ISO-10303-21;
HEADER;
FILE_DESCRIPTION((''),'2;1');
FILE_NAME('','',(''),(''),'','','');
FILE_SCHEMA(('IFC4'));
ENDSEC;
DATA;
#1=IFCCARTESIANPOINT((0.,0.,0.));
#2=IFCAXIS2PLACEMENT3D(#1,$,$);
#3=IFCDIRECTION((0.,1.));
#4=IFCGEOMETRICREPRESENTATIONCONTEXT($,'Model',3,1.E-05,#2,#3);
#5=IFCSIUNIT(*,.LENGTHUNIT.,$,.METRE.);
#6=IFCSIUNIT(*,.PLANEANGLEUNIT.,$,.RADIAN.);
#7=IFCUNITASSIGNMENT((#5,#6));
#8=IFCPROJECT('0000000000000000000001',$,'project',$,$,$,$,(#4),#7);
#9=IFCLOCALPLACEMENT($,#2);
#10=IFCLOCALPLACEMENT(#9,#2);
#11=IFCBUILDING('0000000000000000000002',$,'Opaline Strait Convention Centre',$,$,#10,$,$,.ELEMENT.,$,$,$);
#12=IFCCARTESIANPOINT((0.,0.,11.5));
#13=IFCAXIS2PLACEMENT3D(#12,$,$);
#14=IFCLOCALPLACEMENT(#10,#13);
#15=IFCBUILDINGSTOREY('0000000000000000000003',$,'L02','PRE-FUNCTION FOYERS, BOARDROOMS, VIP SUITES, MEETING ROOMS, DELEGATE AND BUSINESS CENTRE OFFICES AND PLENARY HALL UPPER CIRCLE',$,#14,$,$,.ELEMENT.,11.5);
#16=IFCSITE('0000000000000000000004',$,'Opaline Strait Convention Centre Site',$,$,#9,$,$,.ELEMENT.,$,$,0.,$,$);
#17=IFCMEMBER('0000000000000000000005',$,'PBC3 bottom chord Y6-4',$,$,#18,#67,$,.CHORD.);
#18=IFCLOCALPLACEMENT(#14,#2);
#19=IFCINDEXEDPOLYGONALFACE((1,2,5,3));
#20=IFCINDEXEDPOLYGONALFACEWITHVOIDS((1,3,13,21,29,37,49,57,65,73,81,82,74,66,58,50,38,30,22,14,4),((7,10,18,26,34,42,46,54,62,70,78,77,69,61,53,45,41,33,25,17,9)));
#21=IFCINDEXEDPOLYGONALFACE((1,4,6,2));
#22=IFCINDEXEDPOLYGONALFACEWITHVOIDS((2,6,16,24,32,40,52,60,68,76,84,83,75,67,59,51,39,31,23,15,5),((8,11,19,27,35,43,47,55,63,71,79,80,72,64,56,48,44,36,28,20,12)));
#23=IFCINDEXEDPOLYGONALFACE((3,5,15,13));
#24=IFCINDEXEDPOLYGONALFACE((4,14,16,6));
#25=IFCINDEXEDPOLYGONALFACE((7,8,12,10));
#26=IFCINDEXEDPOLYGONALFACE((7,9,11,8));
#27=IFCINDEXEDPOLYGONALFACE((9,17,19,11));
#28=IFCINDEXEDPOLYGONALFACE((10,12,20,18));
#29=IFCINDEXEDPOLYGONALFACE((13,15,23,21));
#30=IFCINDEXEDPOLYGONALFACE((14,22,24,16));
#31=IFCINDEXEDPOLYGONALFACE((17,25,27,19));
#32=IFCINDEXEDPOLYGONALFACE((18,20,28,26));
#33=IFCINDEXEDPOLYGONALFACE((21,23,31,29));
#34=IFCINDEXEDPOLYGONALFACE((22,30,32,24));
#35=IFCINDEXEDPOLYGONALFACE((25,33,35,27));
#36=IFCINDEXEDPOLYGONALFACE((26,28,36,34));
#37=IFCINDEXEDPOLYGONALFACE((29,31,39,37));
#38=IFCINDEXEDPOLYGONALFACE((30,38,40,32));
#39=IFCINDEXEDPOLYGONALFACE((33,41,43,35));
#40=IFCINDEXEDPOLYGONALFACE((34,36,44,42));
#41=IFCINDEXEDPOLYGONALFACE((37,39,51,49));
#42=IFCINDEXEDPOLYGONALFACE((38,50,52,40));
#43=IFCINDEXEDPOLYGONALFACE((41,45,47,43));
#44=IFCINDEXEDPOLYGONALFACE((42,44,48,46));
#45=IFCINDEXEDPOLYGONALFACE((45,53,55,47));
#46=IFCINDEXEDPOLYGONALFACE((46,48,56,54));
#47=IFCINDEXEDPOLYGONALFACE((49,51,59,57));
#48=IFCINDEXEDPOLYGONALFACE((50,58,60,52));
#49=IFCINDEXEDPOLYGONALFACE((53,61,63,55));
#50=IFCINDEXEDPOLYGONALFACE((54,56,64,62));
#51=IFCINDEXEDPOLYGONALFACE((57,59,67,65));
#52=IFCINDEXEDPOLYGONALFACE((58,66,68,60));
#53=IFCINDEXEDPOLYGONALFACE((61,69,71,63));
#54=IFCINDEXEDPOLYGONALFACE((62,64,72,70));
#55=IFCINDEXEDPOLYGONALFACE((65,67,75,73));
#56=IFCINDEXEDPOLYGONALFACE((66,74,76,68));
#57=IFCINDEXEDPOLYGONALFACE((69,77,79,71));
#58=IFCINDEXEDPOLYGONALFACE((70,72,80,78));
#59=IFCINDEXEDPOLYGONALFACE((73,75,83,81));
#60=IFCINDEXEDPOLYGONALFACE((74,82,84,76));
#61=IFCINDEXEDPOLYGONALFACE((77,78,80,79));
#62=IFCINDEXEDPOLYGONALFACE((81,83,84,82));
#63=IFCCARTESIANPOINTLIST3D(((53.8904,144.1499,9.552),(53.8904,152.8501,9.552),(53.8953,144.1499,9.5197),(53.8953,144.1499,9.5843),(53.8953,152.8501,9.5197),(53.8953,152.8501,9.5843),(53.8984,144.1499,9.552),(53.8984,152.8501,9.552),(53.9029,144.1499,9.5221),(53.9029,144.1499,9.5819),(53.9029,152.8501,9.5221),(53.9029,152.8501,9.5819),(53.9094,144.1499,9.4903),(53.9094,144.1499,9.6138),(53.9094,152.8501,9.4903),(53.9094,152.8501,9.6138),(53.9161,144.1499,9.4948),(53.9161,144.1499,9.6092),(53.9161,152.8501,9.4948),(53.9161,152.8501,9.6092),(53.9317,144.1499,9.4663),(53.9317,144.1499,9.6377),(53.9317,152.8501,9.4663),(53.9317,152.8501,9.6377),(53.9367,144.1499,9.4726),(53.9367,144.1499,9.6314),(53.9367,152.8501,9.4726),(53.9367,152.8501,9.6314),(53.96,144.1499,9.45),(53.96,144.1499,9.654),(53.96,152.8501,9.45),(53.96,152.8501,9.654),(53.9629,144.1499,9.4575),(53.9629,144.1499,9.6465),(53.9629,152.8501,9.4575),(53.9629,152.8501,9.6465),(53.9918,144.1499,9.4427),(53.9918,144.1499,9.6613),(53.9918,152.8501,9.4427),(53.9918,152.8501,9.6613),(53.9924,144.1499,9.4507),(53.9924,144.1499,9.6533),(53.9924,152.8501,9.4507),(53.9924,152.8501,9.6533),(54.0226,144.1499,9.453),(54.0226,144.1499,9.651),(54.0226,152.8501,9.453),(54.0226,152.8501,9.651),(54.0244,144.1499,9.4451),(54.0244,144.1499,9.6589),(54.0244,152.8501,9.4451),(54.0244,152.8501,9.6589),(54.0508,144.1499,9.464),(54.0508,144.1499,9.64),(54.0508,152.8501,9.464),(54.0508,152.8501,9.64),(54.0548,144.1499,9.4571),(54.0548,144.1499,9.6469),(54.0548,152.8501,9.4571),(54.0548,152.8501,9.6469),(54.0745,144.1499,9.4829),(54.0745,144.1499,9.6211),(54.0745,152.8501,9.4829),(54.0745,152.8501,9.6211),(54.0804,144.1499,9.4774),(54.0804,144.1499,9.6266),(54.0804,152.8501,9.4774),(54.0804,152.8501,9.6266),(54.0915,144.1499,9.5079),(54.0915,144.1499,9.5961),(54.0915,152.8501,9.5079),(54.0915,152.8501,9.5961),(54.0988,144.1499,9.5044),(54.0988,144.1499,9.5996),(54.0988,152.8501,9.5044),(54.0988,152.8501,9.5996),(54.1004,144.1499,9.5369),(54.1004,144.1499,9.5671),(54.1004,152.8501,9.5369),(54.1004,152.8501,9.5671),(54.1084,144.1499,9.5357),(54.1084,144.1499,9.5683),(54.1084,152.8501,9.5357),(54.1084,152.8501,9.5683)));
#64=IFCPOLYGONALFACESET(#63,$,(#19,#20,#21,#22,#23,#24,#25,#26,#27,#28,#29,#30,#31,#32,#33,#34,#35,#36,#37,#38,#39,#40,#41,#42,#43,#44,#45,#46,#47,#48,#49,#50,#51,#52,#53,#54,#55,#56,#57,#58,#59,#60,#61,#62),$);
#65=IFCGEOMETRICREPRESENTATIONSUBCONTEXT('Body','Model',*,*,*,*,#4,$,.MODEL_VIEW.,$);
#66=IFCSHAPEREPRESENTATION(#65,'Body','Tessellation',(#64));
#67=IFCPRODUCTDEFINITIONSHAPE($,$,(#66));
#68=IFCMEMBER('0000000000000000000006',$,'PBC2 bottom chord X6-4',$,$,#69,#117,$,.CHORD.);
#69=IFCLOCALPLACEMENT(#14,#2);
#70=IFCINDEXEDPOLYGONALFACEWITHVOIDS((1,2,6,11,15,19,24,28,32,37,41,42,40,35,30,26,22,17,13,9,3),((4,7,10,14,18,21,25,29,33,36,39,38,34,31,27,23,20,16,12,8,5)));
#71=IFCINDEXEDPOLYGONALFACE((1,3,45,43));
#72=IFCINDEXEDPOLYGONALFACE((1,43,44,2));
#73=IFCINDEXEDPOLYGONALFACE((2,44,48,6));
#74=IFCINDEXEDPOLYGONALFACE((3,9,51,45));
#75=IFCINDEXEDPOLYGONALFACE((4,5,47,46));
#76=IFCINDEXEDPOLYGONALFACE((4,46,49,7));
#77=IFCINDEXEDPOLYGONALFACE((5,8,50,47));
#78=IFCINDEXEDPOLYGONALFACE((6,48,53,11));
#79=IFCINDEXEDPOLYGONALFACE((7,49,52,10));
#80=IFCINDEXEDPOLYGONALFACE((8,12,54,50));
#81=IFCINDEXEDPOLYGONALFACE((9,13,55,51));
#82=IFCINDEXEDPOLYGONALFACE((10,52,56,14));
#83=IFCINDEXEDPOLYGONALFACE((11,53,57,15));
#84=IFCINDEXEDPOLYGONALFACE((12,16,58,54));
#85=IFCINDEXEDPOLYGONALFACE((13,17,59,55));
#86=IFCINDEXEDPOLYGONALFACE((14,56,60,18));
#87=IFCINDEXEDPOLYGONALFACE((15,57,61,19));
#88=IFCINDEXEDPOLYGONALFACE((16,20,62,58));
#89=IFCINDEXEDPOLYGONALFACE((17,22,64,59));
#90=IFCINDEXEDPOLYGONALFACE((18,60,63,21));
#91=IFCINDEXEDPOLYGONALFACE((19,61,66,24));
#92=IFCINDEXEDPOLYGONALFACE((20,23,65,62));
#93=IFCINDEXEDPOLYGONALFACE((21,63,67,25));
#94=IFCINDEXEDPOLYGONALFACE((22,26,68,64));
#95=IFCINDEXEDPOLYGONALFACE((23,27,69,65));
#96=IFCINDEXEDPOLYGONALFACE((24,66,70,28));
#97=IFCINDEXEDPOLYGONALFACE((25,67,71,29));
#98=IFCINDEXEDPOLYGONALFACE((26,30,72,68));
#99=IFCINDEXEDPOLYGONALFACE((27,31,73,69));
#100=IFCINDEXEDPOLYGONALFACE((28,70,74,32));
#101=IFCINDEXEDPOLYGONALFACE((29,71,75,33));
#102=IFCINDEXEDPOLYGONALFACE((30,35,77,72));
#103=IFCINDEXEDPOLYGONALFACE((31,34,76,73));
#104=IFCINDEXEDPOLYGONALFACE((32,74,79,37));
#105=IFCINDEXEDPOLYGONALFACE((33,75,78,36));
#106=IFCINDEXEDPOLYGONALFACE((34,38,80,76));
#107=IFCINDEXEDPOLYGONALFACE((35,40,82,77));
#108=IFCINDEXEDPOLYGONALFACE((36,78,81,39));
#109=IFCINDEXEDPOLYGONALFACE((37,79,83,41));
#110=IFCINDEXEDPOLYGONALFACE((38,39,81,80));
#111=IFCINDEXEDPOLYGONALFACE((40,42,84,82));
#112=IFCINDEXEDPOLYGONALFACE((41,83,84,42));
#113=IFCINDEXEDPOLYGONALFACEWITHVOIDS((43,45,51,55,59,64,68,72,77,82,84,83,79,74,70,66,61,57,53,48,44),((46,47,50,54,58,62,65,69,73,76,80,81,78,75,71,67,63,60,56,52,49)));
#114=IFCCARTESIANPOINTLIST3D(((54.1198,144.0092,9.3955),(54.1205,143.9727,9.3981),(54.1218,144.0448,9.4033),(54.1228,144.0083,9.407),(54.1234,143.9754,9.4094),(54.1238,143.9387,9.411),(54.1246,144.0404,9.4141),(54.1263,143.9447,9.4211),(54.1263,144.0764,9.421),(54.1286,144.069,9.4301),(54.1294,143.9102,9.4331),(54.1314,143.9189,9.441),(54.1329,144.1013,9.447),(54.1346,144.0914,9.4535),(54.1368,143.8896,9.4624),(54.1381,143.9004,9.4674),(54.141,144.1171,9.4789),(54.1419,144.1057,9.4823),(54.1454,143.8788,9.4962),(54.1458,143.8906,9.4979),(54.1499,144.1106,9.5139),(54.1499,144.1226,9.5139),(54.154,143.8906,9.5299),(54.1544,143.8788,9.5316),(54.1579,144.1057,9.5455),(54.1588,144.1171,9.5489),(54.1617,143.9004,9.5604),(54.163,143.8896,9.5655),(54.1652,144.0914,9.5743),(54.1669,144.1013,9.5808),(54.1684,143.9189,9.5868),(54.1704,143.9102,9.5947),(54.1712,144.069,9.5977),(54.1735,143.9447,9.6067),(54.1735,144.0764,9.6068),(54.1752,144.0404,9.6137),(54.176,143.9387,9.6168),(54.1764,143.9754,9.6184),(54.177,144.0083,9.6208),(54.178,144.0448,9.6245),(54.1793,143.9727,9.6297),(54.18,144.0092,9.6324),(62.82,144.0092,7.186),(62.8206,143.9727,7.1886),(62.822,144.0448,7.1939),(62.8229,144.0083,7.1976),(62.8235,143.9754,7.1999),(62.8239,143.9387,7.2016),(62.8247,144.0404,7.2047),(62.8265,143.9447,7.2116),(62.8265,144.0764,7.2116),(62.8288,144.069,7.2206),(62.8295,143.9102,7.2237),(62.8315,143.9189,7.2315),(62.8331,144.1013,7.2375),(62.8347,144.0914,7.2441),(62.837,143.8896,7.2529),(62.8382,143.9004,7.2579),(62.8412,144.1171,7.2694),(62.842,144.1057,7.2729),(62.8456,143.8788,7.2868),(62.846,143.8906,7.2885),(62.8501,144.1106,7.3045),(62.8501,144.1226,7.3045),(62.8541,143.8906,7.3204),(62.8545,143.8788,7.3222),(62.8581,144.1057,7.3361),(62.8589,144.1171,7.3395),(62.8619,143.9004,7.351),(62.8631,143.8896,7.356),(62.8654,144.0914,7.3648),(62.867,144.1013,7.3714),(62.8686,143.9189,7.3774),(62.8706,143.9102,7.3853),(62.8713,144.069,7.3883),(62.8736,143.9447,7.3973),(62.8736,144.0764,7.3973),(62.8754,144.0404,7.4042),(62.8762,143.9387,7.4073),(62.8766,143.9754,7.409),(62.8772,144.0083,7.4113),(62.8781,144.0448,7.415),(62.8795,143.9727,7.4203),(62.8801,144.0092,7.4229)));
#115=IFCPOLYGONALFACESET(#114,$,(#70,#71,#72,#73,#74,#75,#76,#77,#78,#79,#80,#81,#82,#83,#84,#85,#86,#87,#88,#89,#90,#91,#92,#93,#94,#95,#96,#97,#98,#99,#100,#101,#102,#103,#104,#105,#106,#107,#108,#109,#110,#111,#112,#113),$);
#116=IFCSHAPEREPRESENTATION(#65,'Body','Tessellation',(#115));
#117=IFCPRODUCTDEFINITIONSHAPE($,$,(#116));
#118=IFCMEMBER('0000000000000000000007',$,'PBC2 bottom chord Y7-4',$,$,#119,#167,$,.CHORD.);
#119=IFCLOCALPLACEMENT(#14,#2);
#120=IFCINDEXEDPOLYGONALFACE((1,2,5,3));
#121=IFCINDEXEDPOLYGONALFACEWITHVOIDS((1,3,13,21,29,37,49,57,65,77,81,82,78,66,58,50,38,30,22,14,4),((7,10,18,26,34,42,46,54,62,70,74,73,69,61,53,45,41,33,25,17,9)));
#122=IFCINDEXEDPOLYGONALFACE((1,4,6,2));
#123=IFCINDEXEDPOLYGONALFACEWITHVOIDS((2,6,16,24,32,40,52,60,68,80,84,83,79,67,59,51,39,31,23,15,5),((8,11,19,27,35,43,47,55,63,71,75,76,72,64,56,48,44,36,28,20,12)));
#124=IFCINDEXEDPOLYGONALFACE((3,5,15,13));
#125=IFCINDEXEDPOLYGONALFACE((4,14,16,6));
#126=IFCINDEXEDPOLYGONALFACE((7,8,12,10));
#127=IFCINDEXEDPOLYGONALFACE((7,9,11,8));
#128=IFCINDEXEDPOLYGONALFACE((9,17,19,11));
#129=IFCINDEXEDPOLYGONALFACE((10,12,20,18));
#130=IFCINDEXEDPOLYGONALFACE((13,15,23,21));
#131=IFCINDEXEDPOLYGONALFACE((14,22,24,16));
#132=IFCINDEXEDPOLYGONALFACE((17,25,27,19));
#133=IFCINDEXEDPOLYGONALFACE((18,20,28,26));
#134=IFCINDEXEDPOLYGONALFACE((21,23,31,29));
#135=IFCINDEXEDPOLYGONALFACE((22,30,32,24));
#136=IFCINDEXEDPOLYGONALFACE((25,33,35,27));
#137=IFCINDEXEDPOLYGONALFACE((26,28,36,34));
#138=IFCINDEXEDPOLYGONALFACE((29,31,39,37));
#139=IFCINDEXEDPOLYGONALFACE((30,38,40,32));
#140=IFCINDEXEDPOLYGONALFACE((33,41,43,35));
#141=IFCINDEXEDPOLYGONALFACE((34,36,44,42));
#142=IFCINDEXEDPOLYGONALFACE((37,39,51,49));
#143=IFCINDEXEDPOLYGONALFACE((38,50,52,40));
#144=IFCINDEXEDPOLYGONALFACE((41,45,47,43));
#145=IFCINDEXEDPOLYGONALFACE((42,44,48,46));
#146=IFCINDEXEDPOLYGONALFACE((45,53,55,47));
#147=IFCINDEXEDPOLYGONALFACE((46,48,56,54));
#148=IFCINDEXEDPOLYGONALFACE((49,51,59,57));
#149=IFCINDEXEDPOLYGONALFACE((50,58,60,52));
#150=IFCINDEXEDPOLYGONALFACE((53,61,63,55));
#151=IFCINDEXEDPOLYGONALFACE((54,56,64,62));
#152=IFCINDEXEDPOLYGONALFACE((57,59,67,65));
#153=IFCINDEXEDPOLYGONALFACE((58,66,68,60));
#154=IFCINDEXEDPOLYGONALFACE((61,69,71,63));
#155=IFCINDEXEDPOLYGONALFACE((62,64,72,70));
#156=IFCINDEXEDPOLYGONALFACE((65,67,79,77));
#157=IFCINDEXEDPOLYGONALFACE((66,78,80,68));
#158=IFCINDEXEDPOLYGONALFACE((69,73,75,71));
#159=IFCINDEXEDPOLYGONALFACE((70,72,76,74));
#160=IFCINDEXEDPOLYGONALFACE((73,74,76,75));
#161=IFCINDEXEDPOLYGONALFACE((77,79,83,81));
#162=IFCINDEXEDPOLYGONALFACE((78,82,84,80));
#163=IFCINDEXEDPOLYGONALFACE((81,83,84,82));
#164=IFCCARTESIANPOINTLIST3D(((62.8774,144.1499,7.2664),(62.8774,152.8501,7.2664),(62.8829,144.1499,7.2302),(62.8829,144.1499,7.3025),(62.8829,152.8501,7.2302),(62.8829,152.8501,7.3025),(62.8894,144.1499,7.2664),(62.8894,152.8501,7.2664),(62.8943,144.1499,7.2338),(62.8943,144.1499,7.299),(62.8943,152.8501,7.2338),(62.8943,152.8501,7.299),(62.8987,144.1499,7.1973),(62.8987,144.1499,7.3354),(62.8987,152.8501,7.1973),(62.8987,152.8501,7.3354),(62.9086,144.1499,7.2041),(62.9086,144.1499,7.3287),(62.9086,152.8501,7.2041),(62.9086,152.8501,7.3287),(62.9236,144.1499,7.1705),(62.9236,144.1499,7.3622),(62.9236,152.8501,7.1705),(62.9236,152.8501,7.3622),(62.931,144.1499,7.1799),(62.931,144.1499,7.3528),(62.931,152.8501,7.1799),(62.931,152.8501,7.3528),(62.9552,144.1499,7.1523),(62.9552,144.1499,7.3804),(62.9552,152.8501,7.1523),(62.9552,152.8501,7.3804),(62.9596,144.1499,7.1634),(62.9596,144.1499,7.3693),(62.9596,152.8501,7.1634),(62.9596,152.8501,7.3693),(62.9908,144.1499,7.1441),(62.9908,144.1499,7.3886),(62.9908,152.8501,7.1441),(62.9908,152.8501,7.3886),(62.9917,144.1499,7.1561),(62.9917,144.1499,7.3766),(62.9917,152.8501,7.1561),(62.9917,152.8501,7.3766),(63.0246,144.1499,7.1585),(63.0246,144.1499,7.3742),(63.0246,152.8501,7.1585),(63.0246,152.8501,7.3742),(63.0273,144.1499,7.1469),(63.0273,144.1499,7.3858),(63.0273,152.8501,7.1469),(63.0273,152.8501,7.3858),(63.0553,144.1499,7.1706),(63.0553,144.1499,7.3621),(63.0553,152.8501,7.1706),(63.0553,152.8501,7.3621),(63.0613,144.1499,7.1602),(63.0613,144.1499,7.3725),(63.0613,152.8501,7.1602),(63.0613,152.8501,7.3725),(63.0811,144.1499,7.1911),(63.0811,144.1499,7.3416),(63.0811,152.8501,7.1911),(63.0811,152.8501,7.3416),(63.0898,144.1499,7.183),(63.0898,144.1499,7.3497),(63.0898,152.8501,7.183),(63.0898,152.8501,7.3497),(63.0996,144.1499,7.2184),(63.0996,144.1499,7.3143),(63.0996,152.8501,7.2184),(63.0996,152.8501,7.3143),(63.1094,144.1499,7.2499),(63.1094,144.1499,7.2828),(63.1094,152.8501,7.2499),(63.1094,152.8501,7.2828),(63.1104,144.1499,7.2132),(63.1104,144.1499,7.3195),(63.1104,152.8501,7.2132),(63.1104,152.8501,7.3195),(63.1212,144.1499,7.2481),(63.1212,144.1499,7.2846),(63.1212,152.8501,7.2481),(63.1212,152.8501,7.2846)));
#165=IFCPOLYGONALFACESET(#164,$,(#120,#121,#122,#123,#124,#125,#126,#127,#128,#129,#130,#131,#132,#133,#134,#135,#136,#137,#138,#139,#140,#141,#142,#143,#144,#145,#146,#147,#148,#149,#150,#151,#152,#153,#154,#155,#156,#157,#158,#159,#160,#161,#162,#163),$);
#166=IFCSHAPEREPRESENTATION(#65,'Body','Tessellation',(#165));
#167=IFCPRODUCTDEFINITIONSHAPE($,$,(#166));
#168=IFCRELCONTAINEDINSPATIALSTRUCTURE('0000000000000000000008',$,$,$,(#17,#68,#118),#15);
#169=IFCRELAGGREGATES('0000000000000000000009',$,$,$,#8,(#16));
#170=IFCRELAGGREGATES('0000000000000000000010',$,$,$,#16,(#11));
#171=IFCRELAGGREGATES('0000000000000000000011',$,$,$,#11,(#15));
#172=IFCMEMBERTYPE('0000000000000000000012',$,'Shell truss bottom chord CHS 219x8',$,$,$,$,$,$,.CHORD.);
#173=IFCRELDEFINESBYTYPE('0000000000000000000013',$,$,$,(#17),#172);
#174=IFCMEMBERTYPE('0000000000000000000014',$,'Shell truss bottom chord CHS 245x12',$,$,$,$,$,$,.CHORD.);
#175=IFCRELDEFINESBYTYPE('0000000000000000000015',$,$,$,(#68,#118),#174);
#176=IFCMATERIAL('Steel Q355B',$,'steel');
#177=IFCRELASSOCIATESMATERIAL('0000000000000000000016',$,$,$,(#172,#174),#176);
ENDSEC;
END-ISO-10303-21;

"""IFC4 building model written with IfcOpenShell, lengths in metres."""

from ifc_helpers import new_model, si_unit, direction, frame, origin, origin_2d, place, context, subcontext, project, spatial, hollow_circle, extrude, material, material_profile, profile_set, type_object, element, save


model = new_model("IFC4")

# Units and contexts
model_context = context("Model", 3, precision=1e-05, world=origin(), true_north=direction((0.0, 1.0)))
body_context = subcontext(model_context, "Body", "Model", "MODEL_VIEW")
ifc_project = project(units=[si_unit("LENGTHUNIT", "METRE"), si_unit("PLANEANGLEUNIT", "RADIAN")], contexts=[model_context])

# Site, building, storey
site_placement = place(None, origin())
site = spatial("IfcSite", under=ifc_project, at=site_placement, Name="Opaline Strait Convention Centre Site", CompositionType="ELEMENT", RefElevation=0.0)
building_placement = place(site_placement, origin())
building = spatial("IfcBuilding", under=site, at=building_placement, Name="Opaline Strait Convention Centre", CompositionType="ELEMENT")
storey_placement = place(building_placement, frame((0.0, 0.0, 11.5)))
storey = spatial("IfcBuildingStorey", under=building, at=storey_placement, Name="L02", Description="PRE-FUNCTION FOYERS, BOARDROOMS, VIP SUITES, MEETING ROOMS, DELEGATE AND BUSINESS CENTRE OFFICES AND PLENARY HALL UPPER CIRCLE", CompositionType="ELEMENT", Elevation=11.5)

# Members
ifc_material_1 = material(Name="Steel Q355B", Category="steel")
ifc_material_profile_1 = material_profile(ifc_material_1, hollow_circle(Radius=0.1096, WallThickness=0.0081, at=origin_2d()), Name="CHS 219x8")
ifc_profile_set_1 = profile_set([ifc_material_profile_1], Name="Steel Q355B")
member_type_1 = type_object("IfcMemberType", Name="Shell truss bottom chord CHS 219x8", PredefinedType="CHORD", material=ifc_profile_set_1)
member_1_placement = place(storey_placement, frame((54.0, 144.1499, 9.552), z_axis=(0.0, 1.0, 0.0), x_axis=(-1.0, 0.0, 0.0)))
element("IfcMember", 1, at=member_1_placement, inside=storey, type_object=member_type_1, Name="PBC3 bottom chord Y6-4", PredefinedType="CHORD", context=body_context, shape_type="SweptSolid", body=[
    extrude(hollow_circle(Radius=0.1096, WallThickness=0.0081, at=origin_2d()), origin(), (0.0, 0.0, 1.0), 8.7002),
])
ifc_material_profile_2 = material_profile(ifc_material_1, hollow_circle(Radius=0.1226, WallThickness=0.012, at=origin_2d()), Name="CHS 245x12")
ifc_profile_set_2 = profile_set([ifc_material_profile_2], Name="Steel Q355B")
member_type_2 = type_object("IfcMemberType", Name="Shell truss bottom chord CHS 245x12", PredefinedType="CHORD", material=ifc_profile_set_2)
member_2_placement = place(storey_placement, frame((54.1499, 144.0, 9.5139), z_axis=(0.969233, 0.0, -0.246143), x_axis=(0.0, 1.0, 0.0)))
element("IfcMember", 2, at=member_2_placement, inside=storey, type_object=member_type_2, Name="PBC2 bottom chord X6-4", PredefinedType="CHORD", context=body_context, shape_type="SweptSolid", body=[
    extrude(hollow_circle(Radius=0.1226, WallThickness=0.012, at=origin_2d()), origin(), (0.0, 0.0, 1.0), 8.9763),
])
member_3_placement = place(storey_placement, frame((63.0, 144.1499, 7.2664), z_axis=(0.0, 1.0, 0.0), x_axis=(-1.0, 0.0, 0.0)))
element("IfcMember", 3, at=member_3_placement, inside=storey, type_object=member_type_2, Name="PBC2 bottom chord Y7-4", PredefinedType="CHORD", context=body_context, shape_type="SweptSolid", body=[
    extrude(hollow_circle(Radius=0.1226, WallThickness=0.012, at=origin_2d()), origin(), (0.0, 0.0, 1.0), 8.7002),
])

save(model, "model.ifc")
